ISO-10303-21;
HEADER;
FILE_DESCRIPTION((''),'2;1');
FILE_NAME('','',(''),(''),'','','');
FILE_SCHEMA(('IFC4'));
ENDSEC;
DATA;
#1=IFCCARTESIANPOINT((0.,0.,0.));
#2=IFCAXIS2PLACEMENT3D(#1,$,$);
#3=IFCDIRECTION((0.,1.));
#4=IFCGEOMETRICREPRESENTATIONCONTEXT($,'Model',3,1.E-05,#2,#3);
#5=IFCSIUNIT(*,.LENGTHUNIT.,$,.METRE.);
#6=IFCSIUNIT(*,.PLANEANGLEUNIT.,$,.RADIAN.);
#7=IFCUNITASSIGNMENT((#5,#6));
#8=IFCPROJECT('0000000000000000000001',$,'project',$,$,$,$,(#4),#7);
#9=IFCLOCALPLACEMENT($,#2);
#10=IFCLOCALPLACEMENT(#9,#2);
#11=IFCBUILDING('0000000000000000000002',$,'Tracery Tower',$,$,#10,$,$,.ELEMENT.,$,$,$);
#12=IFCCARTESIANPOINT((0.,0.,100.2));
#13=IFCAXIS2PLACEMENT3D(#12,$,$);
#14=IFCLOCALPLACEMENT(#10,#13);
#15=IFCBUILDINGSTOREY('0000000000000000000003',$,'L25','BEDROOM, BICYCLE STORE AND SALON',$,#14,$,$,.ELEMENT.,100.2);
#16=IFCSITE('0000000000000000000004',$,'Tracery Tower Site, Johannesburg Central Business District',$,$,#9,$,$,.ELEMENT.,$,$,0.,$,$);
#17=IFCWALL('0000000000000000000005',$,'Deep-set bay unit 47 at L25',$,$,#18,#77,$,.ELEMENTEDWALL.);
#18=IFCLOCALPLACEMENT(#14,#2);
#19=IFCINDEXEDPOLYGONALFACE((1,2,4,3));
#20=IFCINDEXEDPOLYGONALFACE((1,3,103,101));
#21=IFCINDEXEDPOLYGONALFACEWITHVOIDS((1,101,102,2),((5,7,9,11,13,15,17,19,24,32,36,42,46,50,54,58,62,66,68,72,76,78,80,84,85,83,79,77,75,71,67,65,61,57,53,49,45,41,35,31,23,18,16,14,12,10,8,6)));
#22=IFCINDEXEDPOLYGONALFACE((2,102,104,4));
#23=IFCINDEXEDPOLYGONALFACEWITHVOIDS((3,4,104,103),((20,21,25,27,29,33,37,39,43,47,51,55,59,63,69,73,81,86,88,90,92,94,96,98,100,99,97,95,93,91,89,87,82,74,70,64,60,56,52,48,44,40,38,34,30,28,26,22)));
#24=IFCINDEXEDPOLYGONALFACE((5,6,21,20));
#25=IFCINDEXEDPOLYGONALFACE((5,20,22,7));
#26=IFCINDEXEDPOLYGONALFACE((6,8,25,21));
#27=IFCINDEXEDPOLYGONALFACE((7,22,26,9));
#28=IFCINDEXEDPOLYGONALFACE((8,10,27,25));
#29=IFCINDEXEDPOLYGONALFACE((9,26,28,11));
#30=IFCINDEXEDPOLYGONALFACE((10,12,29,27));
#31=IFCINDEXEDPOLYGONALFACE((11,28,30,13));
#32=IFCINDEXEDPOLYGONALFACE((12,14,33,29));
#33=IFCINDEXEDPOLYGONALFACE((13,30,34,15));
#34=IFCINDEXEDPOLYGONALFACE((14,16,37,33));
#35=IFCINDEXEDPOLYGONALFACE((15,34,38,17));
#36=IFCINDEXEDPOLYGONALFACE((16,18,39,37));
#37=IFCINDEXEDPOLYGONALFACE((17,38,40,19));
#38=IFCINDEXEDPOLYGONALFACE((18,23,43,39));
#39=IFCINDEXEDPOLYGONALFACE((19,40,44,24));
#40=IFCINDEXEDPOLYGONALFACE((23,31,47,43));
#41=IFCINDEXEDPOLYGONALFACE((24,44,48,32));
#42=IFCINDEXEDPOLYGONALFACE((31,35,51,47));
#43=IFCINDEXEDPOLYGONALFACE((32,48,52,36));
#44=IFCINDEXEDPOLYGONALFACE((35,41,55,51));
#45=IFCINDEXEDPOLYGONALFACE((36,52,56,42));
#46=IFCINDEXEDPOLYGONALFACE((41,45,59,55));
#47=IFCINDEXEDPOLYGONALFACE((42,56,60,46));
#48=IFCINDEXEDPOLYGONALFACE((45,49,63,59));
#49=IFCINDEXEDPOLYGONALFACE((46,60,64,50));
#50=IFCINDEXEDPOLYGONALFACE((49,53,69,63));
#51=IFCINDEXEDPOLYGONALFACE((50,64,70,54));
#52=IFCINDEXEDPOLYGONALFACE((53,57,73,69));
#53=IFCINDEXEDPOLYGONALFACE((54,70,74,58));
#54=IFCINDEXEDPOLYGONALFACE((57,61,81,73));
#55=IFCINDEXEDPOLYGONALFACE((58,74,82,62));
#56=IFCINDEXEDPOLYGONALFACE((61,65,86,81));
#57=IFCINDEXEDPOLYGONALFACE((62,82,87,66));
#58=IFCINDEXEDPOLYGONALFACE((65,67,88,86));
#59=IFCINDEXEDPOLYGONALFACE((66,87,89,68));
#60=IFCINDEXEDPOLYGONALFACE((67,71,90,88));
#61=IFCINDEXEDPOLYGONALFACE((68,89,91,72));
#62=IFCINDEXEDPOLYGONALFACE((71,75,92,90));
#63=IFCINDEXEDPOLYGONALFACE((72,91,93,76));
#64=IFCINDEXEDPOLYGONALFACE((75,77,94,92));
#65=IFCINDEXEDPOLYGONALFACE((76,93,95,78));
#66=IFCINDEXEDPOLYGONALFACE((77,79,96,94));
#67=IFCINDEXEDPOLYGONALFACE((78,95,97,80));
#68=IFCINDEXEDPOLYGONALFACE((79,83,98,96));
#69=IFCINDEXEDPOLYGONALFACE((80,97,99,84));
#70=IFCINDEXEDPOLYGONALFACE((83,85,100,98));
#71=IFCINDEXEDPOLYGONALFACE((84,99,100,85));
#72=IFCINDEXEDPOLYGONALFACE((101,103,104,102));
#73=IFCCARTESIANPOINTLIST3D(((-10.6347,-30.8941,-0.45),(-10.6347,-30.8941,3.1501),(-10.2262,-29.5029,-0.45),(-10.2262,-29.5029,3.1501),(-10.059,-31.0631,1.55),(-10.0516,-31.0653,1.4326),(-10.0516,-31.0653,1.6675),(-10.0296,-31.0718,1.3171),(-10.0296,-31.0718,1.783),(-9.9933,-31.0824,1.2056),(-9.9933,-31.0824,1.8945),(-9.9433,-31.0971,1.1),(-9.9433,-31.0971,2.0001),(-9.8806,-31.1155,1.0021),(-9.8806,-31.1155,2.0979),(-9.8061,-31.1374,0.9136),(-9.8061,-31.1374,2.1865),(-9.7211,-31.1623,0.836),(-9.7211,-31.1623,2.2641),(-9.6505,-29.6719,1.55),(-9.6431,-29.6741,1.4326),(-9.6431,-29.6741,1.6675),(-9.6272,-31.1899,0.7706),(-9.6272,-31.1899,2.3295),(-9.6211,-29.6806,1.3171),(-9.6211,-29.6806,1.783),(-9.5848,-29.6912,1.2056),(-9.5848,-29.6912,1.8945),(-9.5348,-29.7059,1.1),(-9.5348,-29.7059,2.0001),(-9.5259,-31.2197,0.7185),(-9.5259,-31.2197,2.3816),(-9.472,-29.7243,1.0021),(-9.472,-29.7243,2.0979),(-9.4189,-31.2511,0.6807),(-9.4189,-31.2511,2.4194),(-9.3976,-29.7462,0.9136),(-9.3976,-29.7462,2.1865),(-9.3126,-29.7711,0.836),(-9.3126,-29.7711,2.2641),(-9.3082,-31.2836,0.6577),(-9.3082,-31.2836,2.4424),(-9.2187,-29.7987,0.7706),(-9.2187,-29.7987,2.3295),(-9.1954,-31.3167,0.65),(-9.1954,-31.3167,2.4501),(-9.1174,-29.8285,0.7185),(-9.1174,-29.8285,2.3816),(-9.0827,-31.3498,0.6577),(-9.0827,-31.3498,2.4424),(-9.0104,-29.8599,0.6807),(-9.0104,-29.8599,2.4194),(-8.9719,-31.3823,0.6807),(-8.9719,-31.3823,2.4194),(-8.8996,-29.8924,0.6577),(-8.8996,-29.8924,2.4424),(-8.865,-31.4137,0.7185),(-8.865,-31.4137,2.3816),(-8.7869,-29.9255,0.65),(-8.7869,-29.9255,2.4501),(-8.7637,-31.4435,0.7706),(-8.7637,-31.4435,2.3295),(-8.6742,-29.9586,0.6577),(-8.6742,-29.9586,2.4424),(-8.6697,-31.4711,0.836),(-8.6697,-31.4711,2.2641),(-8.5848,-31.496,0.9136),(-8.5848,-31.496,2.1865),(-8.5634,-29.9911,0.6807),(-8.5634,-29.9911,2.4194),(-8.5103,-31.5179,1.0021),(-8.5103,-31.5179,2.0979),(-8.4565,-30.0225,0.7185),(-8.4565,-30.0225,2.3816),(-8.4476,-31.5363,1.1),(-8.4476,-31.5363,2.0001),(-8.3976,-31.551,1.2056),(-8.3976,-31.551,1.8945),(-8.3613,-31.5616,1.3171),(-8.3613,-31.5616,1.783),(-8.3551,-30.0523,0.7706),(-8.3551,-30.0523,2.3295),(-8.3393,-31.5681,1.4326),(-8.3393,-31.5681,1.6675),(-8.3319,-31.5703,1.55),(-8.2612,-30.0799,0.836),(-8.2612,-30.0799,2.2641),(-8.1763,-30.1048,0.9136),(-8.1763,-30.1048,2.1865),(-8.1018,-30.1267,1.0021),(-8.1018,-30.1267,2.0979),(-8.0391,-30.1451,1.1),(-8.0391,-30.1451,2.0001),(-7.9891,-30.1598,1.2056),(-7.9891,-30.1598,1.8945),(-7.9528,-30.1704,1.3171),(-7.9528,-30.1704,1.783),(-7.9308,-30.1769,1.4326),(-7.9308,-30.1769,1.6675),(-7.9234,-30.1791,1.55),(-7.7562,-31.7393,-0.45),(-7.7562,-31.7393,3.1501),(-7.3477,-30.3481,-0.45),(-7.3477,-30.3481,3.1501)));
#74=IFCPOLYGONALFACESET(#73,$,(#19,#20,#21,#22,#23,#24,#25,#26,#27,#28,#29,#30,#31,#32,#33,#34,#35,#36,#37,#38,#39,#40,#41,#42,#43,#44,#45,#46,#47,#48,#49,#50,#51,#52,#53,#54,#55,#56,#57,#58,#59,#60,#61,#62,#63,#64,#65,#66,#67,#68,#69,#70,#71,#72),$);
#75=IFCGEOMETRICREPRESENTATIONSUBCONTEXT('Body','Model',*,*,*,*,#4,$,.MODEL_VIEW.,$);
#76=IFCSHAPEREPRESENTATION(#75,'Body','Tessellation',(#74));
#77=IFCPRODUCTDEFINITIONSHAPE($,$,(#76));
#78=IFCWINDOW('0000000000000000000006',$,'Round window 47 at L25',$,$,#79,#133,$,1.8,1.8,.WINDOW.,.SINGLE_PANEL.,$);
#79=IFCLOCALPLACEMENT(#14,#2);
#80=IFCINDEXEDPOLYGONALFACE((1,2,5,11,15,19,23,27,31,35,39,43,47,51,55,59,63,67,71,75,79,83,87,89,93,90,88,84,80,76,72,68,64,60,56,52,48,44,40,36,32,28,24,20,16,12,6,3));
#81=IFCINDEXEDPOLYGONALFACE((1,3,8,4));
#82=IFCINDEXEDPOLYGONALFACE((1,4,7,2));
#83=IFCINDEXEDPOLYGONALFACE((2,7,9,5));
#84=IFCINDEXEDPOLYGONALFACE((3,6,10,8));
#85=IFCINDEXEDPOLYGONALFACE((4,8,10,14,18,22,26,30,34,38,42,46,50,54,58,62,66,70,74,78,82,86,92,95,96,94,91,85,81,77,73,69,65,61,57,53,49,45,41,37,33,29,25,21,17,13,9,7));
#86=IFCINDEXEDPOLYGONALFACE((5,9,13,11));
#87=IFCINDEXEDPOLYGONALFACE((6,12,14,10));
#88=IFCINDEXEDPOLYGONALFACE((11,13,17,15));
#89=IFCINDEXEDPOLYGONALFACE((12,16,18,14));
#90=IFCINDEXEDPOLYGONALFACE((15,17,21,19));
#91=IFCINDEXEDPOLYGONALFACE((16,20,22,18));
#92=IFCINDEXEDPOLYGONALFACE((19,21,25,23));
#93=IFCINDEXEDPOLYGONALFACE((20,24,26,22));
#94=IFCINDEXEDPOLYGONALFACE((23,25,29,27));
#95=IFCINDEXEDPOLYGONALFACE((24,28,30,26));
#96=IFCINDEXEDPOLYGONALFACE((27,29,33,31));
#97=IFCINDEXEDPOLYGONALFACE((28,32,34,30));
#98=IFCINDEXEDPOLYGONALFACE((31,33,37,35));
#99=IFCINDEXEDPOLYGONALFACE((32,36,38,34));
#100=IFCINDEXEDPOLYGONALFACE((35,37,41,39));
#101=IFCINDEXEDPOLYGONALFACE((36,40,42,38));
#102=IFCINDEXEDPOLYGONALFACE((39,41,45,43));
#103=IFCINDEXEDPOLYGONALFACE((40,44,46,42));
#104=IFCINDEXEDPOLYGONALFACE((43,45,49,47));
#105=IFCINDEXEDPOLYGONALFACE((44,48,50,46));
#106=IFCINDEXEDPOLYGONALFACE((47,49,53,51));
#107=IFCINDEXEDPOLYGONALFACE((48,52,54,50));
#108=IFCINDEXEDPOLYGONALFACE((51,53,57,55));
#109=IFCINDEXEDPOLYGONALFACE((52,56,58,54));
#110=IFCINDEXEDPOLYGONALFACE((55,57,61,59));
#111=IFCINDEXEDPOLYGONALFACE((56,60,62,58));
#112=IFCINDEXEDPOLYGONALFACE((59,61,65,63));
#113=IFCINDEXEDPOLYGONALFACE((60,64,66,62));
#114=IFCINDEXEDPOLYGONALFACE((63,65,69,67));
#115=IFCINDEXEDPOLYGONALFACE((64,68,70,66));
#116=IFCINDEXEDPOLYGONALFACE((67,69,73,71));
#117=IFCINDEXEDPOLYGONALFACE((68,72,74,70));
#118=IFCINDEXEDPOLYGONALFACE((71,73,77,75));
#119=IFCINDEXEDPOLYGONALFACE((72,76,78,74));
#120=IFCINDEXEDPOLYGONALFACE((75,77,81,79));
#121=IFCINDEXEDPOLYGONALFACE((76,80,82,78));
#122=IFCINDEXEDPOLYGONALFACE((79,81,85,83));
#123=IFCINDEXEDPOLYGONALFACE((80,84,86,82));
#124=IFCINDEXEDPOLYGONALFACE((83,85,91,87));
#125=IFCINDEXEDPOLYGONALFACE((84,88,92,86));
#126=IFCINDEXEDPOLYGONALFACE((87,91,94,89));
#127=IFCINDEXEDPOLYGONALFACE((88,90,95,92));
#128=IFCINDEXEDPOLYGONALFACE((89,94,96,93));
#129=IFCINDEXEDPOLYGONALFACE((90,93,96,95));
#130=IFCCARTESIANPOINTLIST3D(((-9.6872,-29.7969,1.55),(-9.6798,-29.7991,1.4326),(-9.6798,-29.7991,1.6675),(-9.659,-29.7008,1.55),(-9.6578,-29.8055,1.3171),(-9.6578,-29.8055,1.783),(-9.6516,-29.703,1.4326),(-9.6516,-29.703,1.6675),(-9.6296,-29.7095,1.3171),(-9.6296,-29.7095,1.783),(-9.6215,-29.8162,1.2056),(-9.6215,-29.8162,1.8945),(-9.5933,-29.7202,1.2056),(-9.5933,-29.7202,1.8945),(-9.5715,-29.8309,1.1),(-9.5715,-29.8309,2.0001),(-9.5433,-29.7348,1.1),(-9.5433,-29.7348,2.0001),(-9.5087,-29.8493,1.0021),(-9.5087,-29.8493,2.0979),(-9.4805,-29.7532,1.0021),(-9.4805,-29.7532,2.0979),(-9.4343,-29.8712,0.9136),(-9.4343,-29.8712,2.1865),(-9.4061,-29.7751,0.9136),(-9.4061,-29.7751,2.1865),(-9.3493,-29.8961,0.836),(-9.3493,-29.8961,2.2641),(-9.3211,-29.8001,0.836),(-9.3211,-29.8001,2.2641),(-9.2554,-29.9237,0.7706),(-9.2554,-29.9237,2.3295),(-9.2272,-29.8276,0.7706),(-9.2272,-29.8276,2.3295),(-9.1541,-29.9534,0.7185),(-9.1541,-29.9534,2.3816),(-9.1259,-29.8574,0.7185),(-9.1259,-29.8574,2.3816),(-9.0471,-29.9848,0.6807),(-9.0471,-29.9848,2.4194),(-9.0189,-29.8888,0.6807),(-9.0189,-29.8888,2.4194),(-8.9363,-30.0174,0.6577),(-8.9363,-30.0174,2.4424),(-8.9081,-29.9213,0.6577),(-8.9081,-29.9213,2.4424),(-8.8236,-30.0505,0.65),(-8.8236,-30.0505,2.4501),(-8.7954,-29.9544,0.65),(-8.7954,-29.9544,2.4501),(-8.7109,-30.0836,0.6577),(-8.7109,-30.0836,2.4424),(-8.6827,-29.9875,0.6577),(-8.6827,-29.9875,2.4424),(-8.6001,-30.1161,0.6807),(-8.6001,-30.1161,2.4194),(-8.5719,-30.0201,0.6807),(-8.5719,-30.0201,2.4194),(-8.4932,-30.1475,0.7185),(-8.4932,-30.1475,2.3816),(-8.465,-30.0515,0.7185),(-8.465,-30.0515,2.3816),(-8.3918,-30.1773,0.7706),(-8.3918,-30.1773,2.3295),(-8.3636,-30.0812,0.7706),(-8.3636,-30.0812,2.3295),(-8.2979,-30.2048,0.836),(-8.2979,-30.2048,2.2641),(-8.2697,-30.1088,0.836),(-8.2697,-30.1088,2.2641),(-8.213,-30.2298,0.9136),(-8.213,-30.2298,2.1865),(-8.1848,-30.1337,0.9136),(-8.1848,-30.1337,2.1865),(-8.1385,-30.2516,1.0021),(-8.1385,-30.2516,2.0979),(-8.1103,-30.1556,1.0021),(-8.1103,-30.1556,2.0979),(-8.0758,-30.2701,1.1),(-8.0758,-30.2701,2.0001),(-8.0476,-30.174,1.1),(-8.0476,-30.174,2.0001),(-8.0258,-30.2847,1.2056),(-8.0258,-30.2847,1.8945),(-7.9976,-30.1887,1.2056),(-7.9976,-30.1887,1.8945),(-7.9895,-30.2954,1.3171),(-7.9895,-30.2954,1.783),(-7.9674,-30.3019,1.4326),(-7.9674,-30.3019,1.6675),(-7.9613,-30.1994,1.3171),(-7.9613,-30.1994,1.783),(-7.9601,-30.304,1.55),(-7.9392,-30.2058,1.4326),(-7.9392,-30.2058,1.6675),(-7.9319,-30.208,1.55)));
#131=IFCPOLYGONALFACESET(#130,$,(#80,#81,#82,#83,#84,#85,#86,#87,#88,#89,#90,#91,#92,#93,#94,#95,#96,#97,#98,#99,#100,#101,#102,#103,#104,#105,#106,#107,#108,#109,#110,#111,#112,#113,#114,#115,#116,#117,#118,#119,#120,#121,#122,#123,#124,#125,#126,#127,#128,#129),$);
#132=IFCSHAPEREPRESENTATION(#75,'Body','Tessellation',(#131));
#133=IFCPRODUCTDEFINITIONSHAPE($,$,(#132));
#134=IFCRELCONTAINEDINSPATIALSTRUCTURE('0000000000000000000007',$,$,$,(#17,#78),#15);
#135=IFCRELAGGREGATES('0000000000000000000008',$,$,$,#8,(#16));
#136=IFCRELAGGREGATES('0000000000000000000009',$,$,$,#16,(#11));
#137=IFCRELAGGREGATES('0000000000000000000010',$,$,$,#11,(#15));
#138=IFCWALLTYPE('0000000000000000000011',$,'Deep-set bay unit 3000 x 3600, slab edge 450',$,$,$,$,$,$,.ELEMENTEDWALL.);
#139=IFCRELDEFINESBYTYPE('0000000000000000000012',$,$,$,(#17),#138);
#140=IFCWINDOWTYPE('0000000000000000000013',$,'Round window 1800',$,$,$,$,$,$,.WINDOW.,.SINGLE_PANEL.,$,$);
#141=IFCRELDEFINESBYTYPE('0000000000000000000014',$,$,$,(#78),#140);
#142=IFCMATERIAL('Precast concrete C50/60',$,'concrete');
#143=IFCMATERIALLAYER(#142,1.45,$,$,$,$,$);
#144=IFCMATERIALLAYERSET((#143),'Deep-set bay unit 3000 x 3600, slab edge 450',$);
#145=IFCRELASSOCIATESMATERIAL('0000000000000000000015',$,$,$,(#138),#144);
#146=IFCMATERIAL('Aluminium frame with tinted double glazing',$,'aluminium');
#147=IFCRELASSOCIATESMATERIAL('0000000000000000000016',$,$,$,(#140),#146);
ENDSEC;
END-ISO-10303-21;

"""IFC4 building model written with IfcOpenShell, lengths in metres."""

from ifc_helpers import new_model, si_unit, direction, frame, frame_2d, origin, origin_2d, place, context, subcontext, project, spatial, rectangle, circle, extrude, material, layer, layer_set, type_object, element, fill, save


model = new_model("IFC4")

# Units and contexts
model_context = context("Model", 3, precision=1e-05, world=origin(), true_north=direction((0.0, 1.0)))
body_context = subcontext(model_context, "Body", "Model", "MODEL_VIEW")
ifc_project = project(units=[si_unit("LENGTHUNIT", "METRE"), si_unit("PLANEANGLEUNIT", "RADIAN")], contexts=[model_context])

# Site, building, storey
site_placement = place(None, origin())
site = spatial("IfcSite", under=ifc_project, at=site_placement, Name="Tracery Tower Site, Johannesburg Central Business District", CompositionType="ELEMENT", RefElevation=0.0)
building_placement = place(site_placement, origin())
building = spatial("IfcBuilding", under=site, at=building_placement, Name="Tracery Tower", CompositionType="ELEMENT")
storey_placement = place(building_placement, frame((0.0, 0.0, 100.2)))
storey = spatial("IfcBuildingStorey", under=building, at=storey_placement, Name="L25", Description="BEDROOM, BICYCLE STORE AND SALON", CompositionType="ELEMENT", Elevation=100.2)

# Wall, opening, window
ifc_material_1 = material(Name="Precast concrete C50/60", Category="concrete")
ifc_layer_1 = layer(ifc_material_1, 1.45)
ifc_layer_set_1 = layer_set([ifc_layer_1], Name="Deep-set bay unit 3000 x 3600, slab edge 450")
wall_type_1 = type_object("IfcWallType", Name="Deep-set bay unit 3000 x 3600, slab edge 450", PredefinedType="ELEMENTEDWALL", material=ifc_layer_set_1)
wall_1_placement = place(storey_placement, frame((-10.4304, -30.1985, -0.45), z_axis=(0.0, 0.0, 1.0), x_axis=(0.95949, -0.281743, 0.0)))
wall_1 = element("IfcWall", 1, at=wall_1_placement, inside=storey, type_object=wall_type_1, Name="Deep-set bay unit 47 at L25", PredefinedType="ELEMENTEDWALL", context=body_context, shape_type="SweptSolid", body=[
    extrude(rectangle(XDim=3.0, YDim=1.45, at=frame_2d((1.5, 0.0))), origin(), (0.0, 0.0, 1.0), 3.6001),
])
opening_1_placement = place(wall_1_placement, frame((1.5, 0.0, 2.0)))
opening_1 = element("IfcOpeningElement", 2, at=opening_1_placement, cuts=wall_1, PredefinedType="OPENING", context=body_context, shape_type="SweptSolid", body=[
    extrude(circle(Radius=0.9, at=origin_2d()), frame((0.0, 0.7349, 0.0), z_axis=(0.0, -1.0, 0.0), x_axis=(1.0, 0.0, 0.0)), (0.0, 0.0, 1.0), 1.47),
])
ifc_material_2 = material(Name="Aluminium frame with tinted double glazing", Category="aluminium")
window_type = type_object("IfcWindowType", Name="Round window 1800", PartitioningType="SINGLE_PANEL", PredefinedType="WINDOW", material=ifc_material_2)
window_1_placement = place(opening_1_placement, origin())
window_1 = element("IfcWindow", 3, at=window_1_placement, inside=storey, type_object=window_type, Name="Round window 47 at L25", OverallHeight=1.8, OverallWidth=1.8, PartitioningType="SINGLE_PANEL", PredefinedType="WINDOW", context=body_context, shape_type="SweptSolid", body=[
    extrude(circle(Radius=0.9, at=origin_2d()), frame((0.0, 0.6948, 0.0), z_axis=(0.0, -1.0, 0.0), x_axis=(1.0, 0.0, 0.0)), (0.0, 0.0, 1.0), 0.1001),
])
fill(opening_1, window_1)

save(model, "model.ifc")
